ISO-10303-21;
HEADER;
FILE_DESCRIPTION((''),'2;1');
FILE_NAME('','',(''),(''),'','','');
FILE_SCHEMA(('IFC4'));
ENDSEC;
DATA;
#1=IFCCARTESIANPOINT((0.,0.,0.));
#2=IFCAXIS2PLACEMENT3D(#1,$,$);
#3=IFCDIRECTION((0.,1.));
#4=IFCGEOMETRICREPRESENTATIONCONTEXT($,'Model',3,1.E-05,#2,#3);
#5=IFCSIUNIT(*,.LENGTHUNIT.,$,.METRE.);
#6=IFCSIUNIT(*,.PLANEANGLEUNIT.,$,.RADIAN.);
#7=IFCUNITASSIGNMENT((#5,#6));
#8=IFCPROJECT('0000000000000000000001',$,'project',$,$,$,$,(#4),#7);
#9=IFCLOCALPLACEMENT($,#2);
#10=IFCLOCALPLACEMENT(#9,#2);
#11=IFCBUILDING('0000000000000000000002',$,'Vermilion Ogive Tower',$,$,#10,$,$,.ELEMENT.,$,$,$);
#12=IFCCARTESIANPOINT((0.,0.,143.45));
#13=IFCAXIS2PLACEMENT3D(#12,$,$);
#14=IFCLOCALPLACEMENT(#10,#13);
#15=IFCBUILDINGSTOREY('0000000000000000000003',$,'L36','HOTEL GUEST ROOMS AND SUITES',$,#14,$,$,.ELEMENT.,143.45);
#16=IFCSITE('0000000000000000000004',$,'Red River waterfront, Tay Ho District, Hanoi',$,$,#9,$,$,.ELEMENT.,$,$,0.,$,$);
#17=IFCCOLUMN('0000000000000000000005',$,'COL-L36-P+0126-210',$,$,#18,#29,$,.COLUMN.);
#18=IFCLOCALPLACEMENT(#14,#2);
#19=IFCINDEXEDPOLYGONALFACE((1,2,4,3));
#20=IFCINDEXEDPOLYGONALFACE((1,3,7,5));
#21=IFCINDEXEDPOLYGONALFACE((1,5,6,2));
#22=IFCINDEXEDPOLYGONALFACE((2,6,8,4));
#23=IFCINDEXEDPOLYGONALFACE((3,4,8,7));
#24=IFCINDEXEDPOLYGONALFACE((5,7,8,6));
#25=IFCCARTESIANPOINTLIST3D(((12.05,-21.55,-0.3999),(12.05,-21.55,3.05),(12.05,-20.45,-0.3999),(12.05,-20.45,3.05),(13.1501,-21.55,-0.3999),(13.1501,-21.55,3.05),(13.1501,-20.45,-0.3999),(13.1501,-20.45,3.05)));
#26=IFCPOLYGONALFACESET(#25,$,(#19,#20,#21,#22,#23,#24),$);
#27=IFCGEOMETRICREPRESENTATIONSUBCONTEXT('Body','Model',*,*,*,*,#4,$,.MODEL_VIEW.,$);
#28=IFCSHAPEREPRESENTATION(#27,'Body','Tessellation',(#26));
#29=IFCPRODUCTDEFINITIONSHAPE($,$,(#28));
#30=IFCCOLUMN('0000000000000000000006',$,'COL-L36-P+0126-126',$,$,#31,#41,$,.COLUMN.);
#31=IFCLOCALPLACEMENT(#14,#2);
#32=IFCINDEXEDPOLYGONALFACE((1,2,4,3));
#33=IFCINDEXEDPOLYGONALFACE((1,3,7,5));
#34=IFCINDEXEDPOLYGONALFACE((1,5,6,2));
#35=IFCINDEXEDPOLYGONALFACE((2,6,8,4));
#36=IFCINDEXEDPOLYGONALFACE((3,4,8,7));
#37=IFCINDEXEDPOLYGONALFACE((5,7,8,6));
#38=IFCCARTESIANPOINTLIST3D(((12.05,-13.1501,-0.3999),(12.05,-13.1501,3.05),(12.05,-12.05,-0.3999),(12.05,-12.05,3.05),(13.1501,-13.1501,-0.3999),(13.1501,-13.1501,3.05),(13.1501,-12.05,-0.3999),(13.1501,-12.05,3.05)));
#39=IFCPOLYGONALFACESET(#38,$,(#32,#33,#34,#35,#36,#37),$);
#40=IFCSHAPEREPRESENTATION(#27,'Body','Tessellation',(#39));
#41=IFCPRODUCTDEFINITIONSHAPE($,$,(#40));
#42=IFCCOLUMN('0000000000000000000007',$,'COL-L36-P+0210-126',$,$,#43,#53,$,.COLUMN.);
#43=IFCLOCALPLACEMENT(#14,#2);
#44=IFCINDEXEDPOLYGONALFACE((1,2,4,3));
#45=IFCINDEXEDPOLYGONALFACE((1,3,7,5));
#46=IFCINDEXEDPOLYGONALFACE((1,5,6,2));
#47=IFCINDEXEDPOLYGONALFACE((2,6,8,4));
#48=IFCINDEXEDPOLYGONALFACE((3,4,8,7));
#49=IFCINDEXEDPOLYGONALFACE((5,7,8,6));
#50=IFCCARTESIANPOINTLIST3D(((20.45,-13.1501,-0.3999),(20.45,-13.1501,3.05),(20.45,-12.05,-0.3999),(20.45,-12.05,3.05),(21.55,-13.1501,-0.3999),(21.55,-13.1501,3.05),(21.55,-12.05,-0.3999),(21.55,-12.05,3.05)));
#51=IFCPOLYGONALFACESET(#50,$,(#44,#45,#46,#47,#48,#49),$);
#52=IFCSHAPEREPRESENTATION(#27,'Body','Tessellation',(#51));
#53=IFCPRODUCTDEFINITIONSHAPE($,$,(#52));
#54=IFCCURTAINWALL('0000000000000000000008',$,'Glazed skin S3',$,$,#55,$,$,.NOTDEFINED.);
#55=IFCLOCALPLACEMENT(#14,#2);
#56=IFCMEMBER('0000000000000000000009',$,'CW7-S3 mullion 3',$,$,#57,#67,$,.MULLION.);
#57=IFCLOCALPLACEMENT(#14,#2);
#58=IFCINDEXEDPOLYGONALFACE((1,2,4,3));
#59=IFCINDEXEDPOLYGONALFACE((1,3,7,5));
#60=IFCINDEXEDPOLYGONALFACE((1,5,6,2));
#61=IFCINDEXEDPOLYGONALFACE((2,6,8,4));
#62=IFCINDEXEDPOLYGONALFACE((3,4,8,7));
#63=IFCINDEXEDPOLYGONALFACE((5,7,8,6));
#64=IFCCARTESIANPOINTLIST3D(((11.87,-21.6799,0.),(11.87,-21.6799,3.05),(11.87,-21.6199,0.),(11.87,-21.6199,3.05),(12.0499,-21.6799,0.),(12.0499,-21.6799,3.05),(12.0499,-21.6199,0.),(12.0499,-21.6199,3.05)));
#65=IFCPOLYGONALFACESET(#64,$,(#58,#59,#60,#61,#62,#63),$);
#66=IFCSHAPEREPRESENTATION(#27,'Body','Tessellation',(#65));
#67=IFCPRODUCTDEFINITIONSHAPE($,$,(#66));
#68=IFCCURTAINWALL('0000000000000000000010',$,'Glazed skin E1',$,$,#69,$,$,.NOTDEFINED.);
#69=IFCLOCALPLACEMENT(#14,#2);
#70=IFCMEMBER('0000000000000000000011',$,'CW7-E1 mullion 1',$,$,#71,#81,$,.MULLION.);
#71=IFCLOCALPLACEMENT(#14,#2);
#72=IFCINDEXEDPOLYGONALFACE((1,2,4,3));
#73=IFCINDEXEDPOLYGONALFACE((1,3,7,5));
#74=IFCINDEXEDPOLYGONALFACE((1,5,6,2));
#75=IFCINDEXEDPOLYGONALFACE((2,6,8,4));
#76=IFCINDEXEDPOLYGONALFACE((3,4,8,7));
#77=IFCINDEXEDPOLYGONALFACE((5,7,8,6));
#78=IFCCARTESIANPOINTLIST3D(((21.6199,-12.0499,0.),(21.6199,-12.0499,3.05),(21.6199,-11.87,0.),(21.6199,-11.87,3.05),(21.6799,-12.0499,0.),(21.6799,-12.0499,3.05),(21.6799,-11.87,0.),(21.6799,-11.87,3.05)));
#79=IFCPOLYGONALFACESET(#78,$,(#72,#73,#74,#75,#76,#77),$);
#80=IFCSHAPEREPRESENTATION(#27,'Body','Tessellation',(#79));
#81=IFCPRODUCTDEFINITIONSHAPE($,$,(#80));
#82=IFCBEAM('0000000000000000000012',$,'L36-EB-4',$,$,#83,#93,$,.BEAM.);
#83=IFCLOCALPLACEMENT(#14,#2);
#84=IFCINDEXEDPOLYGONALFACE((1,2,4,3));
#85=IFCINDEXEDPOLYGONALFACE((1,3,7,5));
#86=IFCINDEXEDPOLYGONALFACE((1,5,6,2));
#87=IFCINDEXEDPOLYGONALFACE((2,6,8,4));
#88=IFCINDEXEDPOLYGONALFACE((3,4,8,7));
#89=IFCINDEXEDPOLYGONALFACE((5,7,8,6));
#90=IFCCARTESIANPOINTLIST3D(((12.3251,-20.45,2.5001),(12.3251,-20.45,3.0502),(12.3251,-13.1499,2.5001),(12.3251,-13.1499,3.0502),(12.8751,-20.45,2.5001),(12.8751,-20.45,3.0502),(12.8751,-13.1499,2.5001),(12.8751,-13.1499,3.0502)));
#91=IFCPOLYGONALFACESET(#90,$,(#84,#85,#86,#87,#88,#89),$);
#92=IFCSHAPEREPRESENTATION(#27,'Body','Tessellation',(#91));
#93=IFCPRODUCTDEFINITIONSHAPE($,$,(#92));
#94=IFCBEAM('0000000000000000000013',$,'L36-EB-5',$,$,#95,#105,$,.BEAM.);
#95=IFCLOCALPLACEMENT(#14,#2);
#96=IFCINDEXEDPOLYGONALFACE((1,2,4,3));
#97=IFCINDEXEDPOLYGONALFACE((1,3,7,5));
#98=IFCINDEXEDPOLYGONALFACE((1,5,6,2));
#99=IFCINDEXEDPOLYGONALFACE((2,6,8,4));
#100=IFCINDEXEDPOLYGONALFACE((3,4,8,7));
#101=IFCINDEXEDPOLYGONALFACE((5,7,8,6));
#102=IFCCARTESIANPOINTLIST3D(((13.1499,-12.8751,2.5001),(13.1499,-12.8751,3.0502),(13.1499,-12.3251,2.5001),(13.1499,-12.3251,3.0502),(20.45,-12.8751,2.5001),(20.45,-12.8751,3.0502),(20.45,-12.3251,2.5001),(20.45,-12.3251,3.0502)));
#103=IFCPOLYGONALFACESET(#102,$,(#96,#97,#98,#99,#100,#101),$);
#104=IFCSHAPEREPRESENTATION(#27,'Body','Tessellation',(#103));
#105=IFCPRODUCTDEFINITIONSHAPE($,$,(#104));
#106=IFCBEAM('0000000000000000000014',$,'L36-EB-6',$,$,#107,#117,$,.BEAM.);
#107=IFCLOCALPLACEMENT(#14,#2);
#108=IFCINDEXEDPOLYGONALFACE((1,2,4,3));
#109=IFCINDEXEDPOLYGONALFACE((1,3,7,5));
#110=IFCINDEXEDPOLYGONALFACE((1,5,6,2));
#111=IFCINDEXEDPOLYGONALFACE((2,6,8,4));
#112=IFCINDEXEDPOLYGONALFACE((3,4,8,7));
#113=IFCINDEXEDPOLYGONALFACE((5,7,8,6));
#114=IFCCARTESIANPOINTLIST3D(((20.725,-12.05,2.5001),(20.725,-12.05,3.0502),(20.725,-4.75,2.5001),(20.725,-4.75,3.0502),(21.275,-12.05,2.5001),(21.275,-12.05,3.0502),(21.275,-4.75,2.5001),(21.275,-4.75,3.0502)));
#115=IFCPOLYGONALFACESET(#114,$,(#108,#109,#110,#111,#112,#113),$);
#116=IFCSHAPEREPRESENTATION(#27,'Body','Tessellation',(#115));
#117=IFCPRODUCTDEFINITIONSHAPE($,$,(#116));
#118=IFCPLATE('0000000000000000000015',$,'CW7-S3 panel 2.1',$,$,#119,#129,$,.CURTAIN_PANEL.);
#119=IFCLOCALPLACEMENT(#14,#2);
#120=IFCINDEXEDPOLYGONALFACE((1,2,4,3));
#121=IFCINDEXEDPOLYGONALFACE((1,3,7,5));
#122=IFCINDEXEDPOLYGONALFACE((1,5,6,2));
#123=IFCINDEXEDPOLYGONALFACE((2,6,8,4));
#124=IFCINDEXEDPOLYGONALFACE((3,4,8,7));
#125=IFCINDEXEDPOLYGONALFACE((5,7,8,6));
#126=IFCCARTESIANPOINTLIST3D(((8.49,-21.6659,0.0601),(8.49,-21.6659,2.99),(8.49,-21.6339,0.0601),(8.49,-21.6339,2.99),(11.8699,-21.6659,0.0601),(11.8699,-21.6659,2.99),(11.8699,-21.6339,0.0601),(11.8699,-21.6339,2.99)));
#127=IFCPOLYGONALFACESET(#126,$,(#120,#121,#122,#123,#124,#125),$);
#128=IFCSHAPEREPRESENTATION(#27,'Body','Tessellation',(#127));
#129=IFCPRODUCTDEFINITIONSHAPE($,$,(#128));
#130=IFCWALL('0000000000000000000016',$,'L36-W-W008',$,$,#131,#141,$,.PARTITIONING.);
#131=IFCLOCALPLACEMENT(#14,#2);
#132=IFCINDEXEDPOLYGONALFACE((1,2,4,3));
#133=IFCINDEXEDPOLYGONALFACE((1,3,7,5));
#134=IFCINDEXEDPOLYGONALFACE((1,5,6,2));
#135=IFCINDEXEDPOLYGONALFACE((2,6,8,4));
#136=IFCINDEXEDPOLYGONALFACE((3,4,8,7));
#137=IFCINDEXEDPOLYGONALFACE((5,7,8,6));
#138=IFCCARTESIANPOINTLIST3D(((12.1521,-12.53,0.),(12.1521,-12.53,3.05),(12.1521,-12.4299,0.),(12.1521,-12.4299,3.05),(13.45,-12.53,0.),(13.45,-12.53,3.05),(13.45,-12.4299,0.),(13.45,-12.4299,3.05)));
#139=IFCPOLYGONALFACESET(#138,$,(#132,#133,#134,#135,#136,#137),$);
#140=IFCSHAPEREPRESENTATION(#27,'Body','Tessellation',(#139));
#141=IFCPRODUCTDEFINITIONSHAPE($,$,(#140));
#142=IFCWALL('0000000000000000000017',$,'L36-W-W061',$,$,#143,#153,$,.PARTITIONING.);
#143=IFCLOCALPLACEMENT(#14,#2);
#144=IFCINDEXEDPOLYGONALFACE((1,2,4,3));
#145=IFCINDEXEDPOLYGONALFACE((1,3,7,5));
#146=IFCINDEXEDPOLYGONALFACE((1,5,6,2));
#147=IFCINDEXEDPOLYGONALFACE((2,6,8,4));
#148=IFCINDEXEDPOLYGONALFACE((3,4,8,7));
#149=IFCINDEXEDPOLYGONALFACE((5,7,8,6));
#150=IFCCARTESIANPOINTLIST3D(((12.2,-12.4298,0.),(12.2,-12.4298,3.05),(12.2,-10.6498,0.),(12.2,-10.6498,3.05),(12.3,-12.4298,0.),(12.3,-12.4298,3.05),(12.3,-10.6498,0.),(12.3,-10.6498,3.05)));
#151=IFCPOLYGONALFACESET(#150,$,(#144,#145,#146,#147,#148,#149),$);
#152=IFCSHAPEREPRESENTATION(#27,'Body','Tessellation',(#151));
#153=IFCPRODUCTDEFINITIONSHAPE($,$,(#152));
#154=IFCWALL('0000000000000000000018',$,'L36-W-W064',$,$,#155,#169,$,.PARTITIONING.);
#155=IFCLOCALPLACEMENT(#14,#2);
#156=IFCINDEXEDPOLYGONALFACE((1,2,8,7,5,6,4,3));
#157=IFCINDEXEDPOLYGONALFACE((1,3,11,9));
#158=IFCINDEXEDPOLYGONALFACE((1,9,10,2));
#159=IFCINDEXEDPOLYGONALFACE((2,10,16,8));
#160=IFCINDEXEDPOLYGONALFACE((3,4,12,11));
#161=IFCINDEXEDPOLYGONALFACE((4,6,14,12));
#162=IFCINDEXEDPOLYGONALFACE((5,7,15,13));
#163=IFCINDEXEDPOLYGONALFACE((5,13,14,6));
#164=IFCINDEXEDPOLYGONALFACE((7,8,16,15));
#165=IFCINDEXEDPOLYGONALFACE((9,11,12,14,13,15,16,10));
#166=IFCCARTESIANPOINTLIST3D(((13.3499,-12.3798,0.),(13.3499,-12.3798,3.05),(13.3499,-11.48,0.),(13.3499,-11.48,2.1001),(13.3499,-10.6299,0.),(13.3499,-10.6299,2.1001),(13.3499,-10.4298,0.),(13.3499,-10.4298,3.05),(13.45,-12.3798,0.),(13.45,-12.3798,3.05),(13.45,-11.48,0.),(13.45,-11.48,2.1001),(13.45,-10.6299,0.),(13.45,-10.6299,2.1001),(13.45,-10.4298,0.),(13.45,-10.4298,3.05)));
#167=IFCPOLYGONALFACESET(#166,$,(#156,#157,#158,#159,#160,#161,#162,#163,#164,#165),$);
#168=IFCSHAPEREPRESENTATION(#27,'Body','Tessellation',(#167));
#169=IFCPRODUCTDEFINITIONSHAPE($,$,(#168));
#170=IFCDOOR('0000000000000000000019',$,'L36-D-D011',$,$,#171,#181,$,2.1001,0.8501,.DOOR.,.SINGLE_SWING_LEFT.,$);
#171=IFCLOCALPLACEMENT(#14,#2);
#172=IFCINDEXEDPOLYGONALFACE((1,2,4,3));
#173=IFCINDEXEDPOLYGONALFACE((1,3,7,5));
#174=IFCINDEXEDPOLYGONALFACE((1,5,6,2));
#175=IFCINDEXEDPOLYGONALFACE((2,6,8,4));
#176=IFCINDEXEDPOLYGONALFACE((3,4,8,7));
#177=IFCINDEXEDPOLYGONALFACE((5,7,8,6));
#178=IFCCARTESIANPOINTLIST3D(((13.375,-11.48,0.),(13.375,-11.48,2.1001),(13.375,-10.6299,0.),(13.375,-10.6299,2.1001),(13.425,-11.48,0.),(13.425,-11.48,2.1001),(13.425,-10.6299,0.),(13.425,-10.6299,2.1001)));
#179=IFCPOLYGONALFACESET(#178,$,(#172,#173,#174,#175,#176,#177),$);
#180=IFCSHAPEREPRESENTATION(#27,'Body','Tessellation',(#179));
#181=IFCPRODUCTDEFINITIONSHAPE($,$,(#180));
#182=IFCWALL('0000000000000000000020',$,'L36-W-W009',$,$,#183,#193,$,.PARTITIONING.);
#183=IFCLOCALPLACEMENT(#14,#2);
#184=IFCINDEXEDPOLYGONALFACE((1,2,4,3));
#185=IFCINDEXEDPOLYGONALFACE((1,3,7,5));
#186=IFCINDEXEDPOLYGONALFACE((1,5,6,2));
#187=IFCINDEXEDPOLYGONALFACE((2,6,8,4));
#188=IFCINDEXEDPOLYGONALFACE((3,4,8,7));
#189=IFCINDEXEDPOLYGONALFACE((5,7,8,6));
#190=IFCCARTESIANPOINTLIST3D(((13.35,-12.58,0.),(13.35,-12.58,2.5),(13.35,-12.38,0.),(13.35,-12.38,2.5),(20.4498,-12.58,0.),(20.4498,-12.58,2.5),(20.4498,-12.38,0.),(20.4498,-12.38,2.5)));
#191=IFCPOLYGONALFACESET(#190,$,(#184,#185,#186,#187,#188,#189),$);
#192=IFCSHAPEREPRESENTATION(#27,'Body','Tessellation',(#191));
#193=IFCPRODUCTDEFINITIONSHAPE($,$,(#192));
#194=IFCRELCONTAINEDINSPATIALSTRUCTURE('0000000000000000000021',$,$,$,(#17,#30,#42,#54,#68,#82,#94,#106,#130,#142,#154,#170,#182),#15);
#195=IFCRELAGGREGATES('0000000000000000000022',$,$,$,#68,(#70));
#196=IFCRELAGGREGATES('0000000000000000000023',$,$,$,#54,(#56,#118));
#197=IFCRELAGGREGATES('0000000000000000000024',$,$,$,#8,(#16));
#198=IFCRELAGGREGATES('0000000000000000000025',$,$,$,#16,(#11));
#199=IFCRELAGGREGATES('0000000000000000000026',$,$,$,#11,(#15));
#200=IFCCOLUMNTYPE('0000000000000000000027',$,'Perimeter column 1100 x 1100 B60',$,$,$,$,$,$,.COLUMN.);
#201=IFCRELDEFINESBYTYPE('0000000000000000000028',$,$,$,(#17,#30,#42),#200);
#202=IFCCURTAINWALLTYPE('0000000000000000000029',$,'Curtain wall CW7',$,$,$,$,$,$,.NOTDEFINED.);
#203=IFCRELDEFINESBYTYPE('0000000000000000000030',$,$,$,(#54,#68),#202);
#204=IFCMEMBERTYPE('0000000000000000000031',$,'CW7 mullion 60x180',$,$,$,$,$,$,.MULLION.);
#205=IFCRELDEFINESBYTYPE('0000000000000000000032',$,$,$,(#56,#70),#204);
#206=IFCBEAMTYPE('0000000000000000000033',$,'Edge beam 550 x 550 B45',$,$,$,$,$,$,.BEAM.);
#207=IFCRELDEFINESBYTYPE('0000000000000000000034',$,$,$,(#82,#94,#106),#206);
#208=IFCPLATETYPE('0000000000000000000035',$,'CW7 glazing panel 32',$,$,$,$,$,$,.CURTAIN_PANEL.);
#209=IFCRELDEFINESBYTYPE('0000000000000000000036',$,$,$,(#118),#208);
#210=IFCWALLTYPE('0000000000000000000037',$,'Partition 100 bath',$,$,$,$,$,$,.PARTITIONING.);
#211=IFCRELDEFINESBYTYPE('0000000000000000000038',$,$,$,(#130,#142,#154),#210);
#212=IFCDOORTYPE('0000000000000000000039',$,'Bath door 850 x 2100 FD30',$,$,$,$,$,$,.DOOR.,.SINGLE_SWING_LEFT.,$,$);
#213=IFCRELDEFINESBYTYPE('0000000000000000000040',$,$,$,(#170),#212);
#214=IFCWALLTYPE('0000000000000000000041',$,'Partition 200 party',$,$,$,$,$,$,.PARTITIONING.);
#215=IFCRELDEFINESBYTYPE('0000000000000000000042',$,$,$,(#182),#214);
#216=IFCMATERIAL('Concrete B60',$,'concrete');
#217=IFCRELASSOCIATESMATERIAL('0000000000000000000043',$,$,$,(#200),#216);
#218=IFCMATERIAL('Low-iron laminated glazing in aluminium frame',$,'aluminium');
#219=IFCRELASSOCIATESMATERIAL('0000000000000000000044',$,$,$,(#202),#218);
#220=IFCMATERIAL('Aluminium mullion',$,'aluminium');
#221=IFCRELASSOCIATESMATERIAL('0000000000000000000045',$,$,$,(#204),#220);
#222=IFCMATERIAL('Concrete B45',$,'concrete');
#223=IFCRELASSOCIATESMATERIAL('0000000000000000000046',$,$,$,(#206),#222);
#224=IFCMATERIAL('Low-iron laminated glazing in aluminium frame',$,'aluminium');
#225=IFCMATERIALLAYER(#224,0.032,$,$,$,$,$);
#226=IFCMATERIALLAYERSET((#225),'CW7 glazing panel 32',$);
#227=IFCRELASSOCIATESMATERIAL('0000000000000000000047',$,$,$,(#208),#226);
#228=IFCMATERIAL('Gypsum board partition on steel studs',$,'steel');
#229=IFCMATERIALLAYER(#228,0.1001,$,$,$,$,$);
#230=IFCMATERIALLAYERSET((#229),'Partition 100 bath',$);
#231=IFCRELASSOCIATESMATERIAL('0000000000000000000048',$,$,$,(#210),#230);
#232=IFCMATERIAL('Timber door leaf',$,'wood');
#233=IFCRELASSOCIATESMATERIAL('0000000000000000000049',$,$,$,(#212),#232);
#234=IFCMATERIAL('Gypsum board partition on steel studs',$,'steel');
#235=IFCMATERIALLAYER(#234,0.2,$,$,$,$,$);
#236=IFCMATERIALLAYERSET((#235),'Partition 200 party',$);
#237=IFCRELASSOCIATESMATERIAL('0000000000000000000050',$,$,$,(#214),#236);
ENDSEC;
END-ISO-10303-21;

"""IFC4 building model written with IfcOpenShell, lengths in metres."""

from ifc_helpers import new_model, si_unit, direction, frame, frame_2d, origin, origin_2d, place, context, subcontext, project, spatial, rectangle, extrude, material, layer, layer_set, material_profile, profile_set, type_object, element, fill, aggregate, save


model = new_model("IFC4")

# Units and contexts
model_context = context("Model", 3, precision=1e-05, world=origin(), true_north=direction((0.0, 1.0)))
body_context = subcontext(model_context, "Body", "Model", "MODEL_VIEW")
ifc_project = project(units=[si_unit("LENGTHUNIT", "METRE"), si_unit("PLANEANGLEUNIT", "RADIAN")], contexts=[model_context])

# Site, building, storey
site_placement = place(None, origin())
site = spatial("IfcSite", under=ifc_project, at=site_placement, Name="Red River waterfront, Tay Ho District, Hanoi", CompositionType="ELEMENT", RefElevation=0.0)
building_placement = place(site_placement, origin())
building = spatial("IfcBuilding", under=site, at=building_placement, Name="Vermilion Ogive Tower", CompositionType="ELEMENT")
storey_placement = place(building_placement, frame((0.0, 0.0, 143.45)))
storey = spatial("IfcBuildingStorey", under=building, at=storey_placement, Name="L36", Description="HOTEL GUEST ROOMS AND SUITES", CompositionType="ELEMENT", Elevation=143.45)

# Columns
ifc_material_1 = material(Name="Concrete B60", Category="concrete")
ifc_material_profile_1 = material_profile(ifc_material_1, rectangle(XDim=1.1001, YDim=1.1001, at=origin_2d()), Name="1100 x 1100")
ifc_profile_set_1 = profile_set([ifc_material_profile_1], Name="Concrete B60")
column_type = type_object("IfcColumnType", Name="Perimeter column 1100 x 1100 B60", PredefinedType="COLUMN", material=ifc_profile_set_1)
for number, where, z_axis, x_axis, name in (
    (1, (12.6001, -21.0, -0.3999), (0.0, 0.0, 1.0), (1.0, 0.0, 0.0), "COL-L36-P+0126-210"),
    (2, (12.6001, -12.6001, -0.3999), (0.0, 0.0, 1.0), (1.0, 0.0, 0.0), "COL-L36-P+0126-126"),
    (3, (21.0, -12.6001, -0.3999), (0.0, 0.0, 1.0), (1.0, 0.0, 0.0), "COL-L36-P+0210-126"),
):
    element("IfcColumn", number, at=place(storey_placement, frame(where, z_axis=z_axis, x_axis=x_axis)), inside=storey, type_object=column_type, Name=name, PredefinedType="COLUMN", context=body_context, shape_type="SweptSolid", body=[
        extrude(rectangle(XDim=1.1001, YDim=1.1001, at=origin_2d()), origin(), (0.0, 0.0, 1.0), 3.45),
    ])

# Curtain walls, members
ifc_material_2 = material(Name="Low-iron laminated glazing in aluminium frame", Category="aluminium")
curtain_wall_type = type_object("IfcCurtainWallType", Name="Curtain wall CW7", PredefinedType="NOTDEFINED", material=ifc_material_2)
curtain_wall_1_placement = place(storey_placement, origin())
curtain_wall_1 = element("IfcCurtainWall", 4, at=curtain_wall_1_placement, inside=storey, type_object=curtain_wall_type, Name="Glazed skin S3", PredefinedType="NOTDEFINED")
ifc_material_3 = material(Name="Aluminium mullion", Category="aluminium")
ifc_material_profile_2 = material_profile(ifc_material_3, rectangle(XDim=0.0601, YDim=0.1799, at=origin_2d()), Name="AL 60x180")
ifc_profile_set_2 = profile_set([ifc_material_profile_2], Name="Aluminium mullion")
member_type = type_object("IfcMemberType", Name="CW7 mullion 60x180", PredefinedType="MULLION", material=ifc_profile_set_2)
member_1_placement = place(storey_placement, frame((11.96, -21.6499, 0.0), z_axis=(0.0, 0.0, 1.0), x_axis=(0.0, 1.0, 0.0)))
member_1 = element("IfcMember", 5, at=member_1_placement, type_object=member_type, Name="CW7-S3 mullion 3", PredefinedType="MULLION", context=body_context, shape_type="SweptSolid", body=[
    extrude(rectangle(XDim=0.0601, YDim=0.1799, at=origin_2d()), origin(), (0.0, 0.0, 1.0), 3.05),
])
curtain_wall_2_placement = place(storey_placement, origin())
curtain_wall_2 = element("IfcCurtainWall", 6, at=curtain_wall_2_placement, inside=storey, type_object=curtain_wall_type, Name="Glazed skin E1", PredefinedType="NOTDEFINED")
member_2_placement = place(storey_placement, frame((21.6499, -11.96, 0.0), z_axis=(0.0, 0.0, 1.0), x_axis=(-1.0, 0.0, 0.0)))
member_2 = element("IfcMember", 7, at=member_2_placement, type_object=member_type, Name="CW7-E1 mullion 1", PredefinedType="MULLION", context=body_context, shape_type="SweptSolid", body=[
    extrude(rectangle(XDim=0.0601, YDim=0.1799, at=origin_2d()), origin(), (0.0, 0.0, 1.0), 3.05),
])
aggregate(curtain_wall_2, [member_2])

# Beams
ifc_material_4 = material(Name="Concrete B45", Category="concrete")
ifc_material_profile_3 = material_profile(ifc_material_4, rectangle(XDim=0.55, YDim=0.55, at=origin_2d()), Name="550 x 550")
ifc_profile_set_3 = profile_set([ifc_material_profile_3], Name="Concrete B45")
beam_type = type_object("IfcBeamType", Name="Edge beam 550 x 550 B45", PredefinedType="BEAM", material=ifc_profile_set_3)
for number, where, z_axis, x_axis, name in (
    (8, (12.6001, -20.45, 2.7751), (0.0, 1.0, 0.0), (-1.0, 0.0, 0.0), "L36-EB-4"),
    (9, (13.1499, -12.6001, 2.7751), (1.0, 0.0, 0.0), (0.0, 1.0, 0.0), "L36-EB-5"),
    (10, (21.0, -12.05, 2.7751), (0.0, 1.0, 0.0), (-1.0, 0.0, 0.0), "L36-EB-6"),
):
    element("IfcBeam", number, at=place(storey_placement, frame(where, z_axis=z_axis, x_axis=x_axis)), inside=storey, type_object=beam_type, Name=name, PredefinedType="BEAM", context=body_context, shape_type="SweptSolid", body=[
        extrude(rectangle(XDim=0.55, YDim=0.55, at=origin_2d()), origin(), (0.0, 0.0, 1.0), 7.3),
    ])

# Plate
ifc_material_5 = material(Name="Low-iron laminated glazing in aluminium frame", Category="aluminium")
ifc_layer_1 = layer(ifc_material_5, 0.032)
ifc_layer_set_1 = layer_set([ifc_layer_1], Name="CW7 glazing panel 32")
plate_type = type_object("IfcPlateType", Name="CW7 glazing panel 32", PredefinedType="CURTAIN_PANEL", material=ifc_layer_set_1)
plate_placement = place(storey_placement, frame((10.1799, -21.6499, 0.0601), z_axis=(0.0, 0.0, 1.0), x_axis=(1.0, 0.0, 0.0)))
plate = element("IfcPlate", 11, at=plate_placement, type_object=plate_type, Name="CW7-S3 panel 2.1", PredefinedType="CURTAIN_PANEL", context=body_context, shape_type="SweptSolid", body=[
    extrude(rectangle(XDim=3.3799, YDim=0.032, at=origin_2d()), origin(), (0.0, 0.0, 1.0), 2.9299),
])
aggregate(curtain_wall_1, [member_1, plate])

# Walls
ifc_material_6 = material(Name="Gypsum board partition on steel studs", Category="steel")
ifc_layer_2 = layer(ifc_material_6, 0.1001)
ifc_layer_set_2 = layer_set([ifc_layer_2], Name="Partition 100 bath")
wall_type_1 = type_object("IfcWallType", Name="Partition 100 bath", PredefinedType="PARTITIONING", material=ifc_layer_set_2)
wall_1_placement = place(storey_placement, frame((12.1521, -12.48, 0.0), z_axis=(0.0, 0.0, 1.0), x_axis=(1.0, 0.0, 0.0)))
element("IfcWall", 12, at=wall_1_placement, inside=storey, type_object=wall_type_1, Name="L36-W-W008", PredefinedType="PARTITIONING", context=body_context, shape_type="SweptSolid", body=[
    extrude(rectangle(XDim=1.2979, YDim=0.1001, at=frame_2d((0.6489, 0.0))), origin(), (0.0, 0.0, 1.0), 3.05),
])
wall_2_placement = place(storey_placement, frame((12.25, -12.4299, 0.0), z_axis=(0.0, 0.0, 1.0), x_axis=(0.0, 1.0, 0.0)))
element("IfcWall", 13, at=wall_2_placement, inside=storey, type_object=wall_type_1, Name="L36-W-W061", PredefinedType="PARTITIONING", context=body_context, shape_type="SweptSolid", body=[
    extrude(rectangle(XDim=1.78, YDim=0.1001, at=frame_2d((0.8901, 0.0))), origin(), (0.0, 0.0, 1.0), 3.05),
])

# Wall, opening, door
wall_3_placement = place(storey_placement, frame((13.3999, -12.3799, 0.0), z_axis=(0.0, 0.0, 1.0), x_axis=(0.0, 1.0, 0.0)))
wall_3 = element("IfcWall", 14, at=wall_3_placement, inside=storey, type_object=wall_type_1, Name="L36-W-W064", PredefinedType="PARTITIONING", context=body_context, shape_type="SweptSolid", body=[
    extrude(rectangle(XDim=1.95, YDim=0.1001, at=frame_2d((0.9751, 0.0))), origin(), (0.0, 0.0, 1.0), 3.05),
])
opening_1_placement = place(wall_3_placement, frame((0.8999, 0.0, 0.0)))
opening_1 = element("IfcOpeningElement", 15, at=opening_1_placement, cuts=wall_3, PredefinedType="OPENING", context=body_context, shape_type="SweptSolid", body=[
    extrude(rectangle(XDim=0.8501, YDim=2.1001, at=frame_2d((0.425, 1.05))), frame((0.0, 0.0601, 0.0), z_axis=(0.0, -1.0, 0.0), x_axis=(1.0, 0.0, 0.0)), (0.0, 0.0, 1.0), 0.1201),
])
ifc_material_7 = material(Name="Timber door leaf", Category="wood")
door_type = type_object("IfcDoorType", Name="Bath door 850 x 2100 FD30", OperationType="SINGLE_SWING_LEFT", PredefinedType="DOOR", material=ifc_material_7)
door_placement = place(opening_1_placement, origin())
door = element("IfcDoor", 16, at=door_placement, inside=storey, type_object=door_type, Name="L36-D-D011", OperationType="SINGLE_SWING_LEFT", OverallHeight=2.1001, OverallWidth=0.8501, PredefinedType="DOOR", context=body_context, shape_type="SweptSolid", body=[
    extrude(rectangle(XDim=0.8501, YDim=2.1001, at=frame_2d((0.425, 1.05))), frame((0.0, 0.0249, 0.0), z_axis=(0.0, -1.0, 0.0), x_axis=(1.0, 0.0, 0.0)), (0.0, 0.0, 1.0), 0.05),
])
fill(opening_1, door)

# Wall
ifc_material_8 = material(Name="Gypsum board partition on steel studs", Category="steel")
ifc_layer_3 = layer(ifc_material_8, 0.2)
ifc_layer_set_3 = layer_set([ifc_layer_3], Name="Partition 200 party")
wall_type_2 = type_object("IfcWallType", Name="Partition 200 party", PredefinedType="PARTITIONING", material=ifc_layer_set_3)
wall_4_placement = place(storey_placement, frame((13.3501, -12.48, 0.0), z_axis=(0.0, 0.0, 1.0), x_axis=(1.0, 0.0, 0.0)))
element("IfcWall", 17, at=wall_4_placement, inside=storey, type_object=wall_type_2, Name="L36-W-W009", PredefinedType="PARTITIONING", context=body_context, shape_type="SweptSolid", body=[
    extrude(rectangle(XDim=7.0999, YDim=0.2, at=frame_2d((3.5498, 0.0))), origin(), (0.0, 0.0, 1.0), 2.5),
])

save(model, "model.ifc")
